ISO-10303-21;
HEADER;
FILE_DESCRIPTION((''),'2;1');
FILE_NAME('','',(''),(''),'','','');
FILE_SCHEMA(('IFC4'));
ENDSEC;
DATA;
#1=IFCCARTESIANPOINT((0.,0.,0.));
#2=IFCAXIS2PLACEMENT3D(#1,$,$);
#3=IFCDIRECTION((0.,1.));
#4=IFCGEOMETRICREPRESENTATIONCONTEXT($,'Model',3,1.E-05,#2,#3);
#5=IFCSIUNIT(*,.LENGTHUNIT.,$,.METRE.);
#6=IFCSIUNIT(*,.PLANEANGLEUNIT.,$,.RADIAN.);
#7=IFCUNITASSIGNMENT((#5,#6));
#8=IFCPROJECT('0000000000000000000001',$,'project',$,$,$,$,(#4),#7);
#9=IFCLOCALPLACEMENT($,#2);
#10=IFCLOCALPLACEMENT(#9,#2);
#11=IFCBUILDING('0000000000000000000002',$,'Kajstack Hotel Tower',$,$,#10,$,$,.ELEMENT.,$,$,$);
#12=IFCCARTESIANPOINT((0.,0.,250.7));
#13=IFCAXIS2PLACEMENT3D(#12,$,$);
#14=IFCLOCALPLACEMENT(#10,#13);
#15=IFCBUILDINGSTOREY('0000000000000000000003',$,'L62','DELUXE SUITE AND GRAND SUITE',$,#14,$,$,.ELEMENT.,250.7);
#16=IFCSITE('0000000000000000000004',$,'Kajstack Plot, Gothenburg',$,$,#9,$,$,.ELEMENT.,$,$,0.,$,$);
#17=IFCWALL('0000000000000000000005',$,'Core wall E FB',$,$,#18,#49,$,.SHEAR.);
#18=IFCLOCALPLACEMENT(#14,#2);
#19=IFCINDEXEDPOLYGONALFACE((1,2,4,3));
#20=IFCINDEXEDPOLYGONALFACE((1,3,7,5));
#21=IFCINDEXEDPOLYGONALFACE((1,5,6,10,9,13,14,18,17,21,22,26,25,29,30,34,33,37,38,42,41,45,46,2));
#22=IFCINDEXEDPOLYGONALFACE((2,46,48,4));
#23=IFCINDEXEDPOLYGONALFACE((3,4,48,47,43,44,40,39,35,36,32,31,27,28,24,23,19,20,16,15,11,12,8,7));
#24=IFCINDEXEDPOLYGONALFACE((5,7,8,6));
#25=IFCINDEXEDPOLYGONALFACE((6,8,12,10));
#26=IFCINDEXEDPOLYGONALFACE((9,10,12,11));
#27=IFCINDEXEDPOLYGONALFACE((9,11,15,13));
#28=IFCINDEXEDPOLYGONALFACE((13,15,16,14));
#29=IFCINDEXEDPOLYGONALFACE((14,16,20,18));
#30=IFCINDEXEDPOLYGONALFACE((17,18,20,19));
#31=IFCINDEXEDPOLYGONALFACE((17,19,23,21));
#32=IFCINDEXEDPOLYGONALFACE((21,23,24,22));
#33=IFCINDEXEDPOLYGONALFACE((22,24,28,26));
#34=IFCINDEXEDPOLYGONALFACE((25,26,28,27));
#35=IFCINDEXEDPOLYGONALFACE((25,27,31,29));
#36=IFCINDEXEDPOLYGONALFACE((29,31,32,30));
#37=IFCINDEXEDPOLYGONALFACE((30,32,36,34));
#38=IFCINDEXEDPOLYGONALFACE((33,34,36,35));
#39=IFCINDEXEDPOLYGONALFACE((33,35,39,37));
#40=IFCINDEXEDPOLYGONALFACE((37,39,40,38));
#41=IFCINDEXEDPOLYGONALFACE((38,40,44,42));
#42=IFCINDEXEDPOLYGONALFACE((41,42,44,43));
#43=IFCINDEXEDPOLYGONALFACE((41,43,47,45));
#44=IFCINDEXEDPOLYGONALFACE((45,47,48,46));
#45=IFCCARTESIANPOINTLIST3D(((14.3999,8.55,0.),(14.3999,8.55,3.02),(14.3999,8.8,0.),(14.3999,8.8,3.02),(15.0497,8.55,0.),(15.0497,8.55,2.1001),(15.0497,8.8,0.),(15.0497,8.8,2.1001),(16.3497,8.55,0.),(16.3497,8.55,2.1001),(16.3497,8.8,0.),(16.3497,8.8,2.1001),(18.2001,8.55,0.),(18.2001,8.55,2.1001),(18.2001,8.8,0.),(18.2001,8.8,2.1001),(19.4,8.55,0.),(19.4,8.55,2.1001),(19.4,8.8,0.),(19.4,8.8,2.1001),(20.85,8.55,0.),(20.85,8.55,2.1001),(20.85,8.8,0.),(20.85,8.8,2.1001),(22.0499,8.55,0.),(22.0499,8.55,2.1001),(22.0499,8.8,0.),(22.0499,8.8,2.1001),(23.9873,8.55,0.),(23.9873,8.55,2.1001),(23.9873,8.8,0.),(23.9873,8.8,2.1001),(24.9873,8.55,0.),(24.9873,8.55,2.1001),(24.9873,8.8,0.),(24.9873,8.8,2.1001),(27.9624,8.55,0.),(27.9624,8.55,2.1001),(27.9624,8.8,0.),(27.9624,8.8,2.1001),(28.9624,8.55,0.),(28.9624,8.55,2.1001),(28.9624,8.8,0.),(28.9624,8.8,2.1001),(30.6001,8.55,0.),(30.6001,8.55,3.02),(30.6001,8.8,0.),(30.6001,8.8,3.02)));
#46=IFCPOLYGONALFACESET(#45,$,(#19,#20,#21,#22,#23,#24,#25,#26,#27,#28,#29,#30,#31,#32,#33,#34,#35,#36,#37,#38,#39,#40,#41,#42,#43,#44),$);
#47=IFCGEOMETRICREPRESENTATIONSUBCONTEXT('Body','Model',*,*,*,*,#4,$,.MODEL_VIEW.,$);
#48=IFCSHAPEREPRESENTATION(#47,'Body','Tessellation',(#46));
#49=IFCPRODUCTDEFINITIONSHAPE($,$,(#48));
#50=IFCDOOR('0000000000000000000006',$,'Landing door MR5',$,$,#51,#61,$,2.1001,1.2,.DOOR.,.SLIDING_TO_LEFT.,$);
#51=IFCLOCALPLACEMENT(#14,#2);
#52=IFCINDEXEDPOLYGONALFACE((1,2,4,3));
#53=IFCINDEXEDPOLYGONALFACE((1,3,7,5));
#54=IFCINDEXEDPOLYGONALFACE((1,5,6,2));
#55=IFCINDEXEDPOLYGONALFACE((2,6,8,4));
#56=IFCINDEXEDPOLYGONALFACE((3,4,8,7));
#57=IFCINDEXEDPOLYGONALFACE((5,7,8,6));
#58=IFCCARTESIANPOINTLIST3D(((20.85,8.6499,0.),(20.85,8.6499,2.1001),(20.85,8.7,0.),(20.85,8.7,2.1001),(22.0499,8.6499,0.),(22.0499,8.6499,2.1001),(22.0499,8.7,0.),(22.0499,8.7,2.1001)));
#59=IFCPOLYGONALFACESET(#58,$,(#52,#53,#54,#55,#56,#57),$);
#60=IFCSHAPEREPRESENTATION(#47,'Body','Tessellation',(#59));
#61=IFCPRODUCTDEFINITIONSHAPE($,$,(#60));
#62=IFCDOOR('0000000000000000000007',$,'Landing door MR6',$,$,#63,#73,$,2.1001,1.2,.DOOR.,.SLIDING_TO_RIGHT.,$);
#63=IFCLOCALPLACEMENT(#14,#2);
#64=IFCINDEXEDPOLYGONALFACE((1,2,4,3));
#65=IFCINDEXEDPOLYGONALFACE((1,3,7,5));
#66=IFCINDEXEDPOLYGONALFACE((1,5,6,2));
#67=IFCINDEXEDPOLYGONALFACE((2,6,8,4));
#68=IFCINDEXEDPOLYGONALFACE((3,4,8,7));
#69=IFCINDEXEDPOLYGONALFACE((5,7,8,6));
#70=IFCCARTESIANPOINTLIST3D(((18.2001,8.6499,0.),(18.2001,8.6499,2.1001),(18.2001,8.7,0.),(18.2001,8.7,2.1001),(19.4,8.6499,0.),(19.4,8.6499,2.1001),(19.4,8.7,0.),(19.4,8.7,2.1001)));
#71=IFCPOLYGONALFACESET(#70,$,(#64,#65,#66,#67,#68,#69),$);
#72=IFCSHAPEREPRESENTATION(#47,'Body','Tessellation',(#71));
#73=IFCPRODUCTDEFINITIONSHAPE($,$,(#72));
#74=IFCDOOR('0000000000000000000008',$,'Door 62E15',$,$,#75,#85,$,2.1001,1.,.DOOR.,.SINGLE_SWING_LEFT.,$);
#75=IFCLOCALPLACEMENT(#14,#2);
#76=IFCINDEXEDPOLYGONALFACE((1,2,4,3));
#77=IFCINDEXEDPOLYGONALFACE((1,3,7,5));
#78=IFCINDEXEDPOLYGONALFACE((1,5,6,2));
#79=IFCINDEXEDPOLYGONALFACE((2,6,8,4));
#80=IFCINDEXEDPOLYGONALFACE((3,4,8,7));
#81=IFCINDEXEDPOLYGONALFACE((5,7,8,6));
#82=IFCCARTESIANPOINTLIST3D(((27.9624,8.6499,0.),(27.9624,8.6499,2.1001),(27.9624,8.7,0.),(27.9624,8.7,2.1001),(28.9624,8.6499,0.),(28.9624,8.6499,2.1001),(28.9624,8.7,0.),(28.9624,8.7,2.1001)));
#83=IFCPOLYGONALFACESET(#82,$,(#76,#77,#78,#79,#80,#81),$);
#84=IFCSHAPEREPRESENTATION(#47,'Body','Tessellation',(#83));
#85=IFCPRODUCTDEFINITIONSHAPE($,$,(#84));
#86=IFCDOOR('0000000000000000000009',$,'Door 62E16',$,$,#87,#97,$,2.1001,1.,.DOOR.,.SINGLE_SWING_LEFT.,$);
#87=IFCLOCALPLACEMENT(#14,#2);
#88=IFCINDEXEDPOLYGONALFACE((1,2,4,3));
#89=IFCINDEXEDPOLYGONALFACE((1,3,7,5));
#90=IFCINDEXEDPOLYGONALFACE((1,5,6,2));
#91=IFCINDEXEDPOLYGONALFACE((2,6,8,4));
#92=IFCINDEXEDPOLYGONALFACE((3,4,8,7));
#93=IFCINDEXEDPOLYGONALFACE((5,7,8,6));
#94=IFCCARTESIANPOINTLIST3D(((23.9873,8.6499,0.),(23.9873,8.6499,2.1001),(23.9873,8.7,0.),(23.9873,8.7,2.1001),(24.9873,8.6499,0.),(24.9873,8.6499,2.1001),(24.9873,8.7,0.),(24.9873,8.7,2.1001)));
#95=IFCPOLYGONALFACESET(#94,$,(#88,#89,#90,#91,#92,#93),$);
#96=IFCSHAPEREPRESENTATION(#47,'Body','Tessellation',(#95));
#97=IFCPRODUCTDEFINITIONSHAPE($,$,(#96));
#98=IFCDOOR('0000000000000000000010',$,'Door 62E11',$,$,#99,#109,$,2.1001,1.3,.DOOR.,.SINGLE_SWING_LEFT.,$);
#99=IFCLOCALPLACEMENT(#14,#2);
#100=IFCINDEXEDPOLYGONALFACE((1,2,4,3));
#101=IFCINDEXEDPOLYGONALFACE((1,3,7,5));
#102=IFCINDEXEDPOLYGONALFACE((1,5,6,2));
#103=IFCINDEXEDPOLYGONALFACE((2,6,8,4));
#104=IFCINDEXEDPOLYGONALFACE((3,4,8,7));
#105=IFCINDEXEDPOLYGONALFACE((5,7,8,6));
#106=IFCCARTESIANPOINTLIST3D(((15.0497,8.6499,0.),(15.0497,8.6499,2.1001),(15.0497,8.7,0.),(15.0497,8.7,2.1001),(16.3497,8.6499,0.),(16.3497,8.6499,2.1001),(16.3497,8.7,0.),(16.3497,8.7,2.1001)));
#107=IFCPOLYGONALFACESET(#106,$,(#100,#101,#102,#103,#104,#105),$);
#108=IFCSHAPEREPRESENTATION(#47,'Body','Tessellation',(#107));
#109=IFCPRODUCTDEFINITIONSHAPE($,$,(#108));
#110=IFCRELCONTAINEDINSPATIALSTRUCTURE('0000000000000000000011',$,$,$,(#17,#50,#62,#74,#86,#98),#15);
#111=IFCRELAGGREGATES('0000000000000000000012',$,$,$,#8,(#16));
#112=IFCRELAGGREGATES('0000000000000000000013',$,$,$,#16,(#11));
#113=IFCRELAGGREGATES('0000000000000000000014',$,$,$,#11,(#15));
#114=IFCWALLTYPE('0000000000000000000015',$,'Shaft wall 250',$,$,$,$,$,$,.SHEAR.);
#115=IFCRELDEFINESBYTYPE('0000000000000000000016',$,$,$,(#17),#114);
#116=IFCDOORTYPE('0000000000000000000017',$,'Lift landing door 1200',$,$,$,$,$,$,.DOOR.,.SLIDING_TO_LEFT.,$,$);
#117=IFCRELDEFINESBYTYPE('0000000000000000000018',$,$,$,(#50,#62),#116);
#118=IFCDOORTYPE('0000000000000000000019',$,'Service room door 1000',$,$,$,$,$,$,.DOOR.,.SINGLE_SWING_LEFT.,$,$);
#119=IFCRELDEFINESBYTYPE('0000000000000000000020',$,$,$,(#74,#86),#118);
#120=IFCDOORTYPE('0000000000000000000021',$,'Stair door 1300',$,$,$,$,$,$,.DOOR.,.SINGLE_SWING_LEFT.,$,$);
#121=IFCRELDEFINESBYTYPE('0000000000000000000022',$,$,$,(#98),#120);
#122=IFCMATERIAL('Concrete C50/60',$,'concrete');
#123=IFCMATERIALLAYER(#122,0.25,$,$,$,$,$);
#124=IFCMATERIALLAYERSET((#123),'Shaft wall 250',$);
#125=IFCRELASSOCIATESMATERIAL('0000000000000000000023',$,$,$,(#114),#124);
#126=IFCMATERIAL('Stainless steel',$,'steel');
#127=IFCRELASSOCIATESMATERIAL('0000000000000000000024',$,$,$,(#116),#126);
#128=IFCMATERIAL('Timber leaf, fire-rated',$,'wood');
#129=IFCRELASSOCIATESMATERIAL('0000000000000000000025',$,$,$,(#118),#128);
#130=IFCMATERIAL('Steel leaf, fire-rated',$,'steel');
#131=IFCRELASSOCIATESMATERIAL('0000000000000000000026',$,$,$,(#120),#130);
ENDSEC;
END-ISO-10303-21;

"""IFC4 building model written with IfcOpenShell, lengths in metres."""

from ifc_helpers import new_model, si_unit, direction, frame, frame_2d, origin, place, context, subcontext, project, spatial, rectangle, extrude, material, layer, layer_set, type_object, element, fill, save


model = new_model("IFC4")

# Units and contexts
model_context = context("Model", 3, precision=1e-05, world=origin(), true_north=direction((0.0, 1.0)))
body_context = subcontext(model_context, "Body", "Model", "MODEL_VIEW")
ifc_project = project(units=[si_unit("LENGTHUNIT", "METRE"), si_unit("PLANEANGLEUNIT", "RADIAN")], contexts=[model_context])

# Site, building, storey
site_placement = place(None, origin())
site = spatial("IfcSite", under=ifc_project, at=site_placement, Name="Kajstack Plot, Gothenburg", CompositionType="ELEMENT", RefElevation=0.0)
building_placement = place(site_placement, origin())
building = spatial("IfcBuilding", under=site, at=building_placement, Name="Kajstack Hotel Tower", CompositionType="ELEMENT")
storey_placement = place(building_placement, frame((0.0, 0.0, 250.7)))
storey = spatial("IfcBuildingStorey", under=building, at=storey_placement, Name="L62", Description="DELUXE SUITE AND GRAND SUITE", CompositionType="ELEMENT", Elevation=250.7)

# Wall, openings, doors
ifc_material_1 = material(Name="Concrete C50/60", Category="concrete")
ifc_layer_1 = layer(ifc_material_1, 0.25)
ifc_layer_set_1 = layer_set([ifc_layer_1], Name="Shaft wall 250")
wall_type_1 = type_object("IfcWallType", Name="Shaft wall 250", PredefinedType="SHEAR", material=ifc_layer_set_1)
wall_1_placement = place(storey_placement, frame((14.3999, 8.675, 0.0), z_axis=(0.0, 0.0, 1.0), x_axis=(1.0, 0.0, 0.0)))
wall_1 = element("IfcWall", 1, at=wall_1_placement, inside=storey, type_object=wall_type_1, Name="Core wall E FB", PredefinedType="SHEAR", context=body_context, shape_type="SweptSolid", body=[
    extrude(rectangle(XDim=16.2002, YDim=0.25, at=frame_2d((8.1001, 0.0))), origin(), (0.0, 0.0, 1.0), 3.02),
])
opening_1_placement = place(wall_1_placement, frame((6.45, 0.0, 0.0)))
opening_1 = element("IfcOpeningElement", 2, at=opening_1_placement, cuts=wall_1, PredefinedType="OPENING", context=body_context, shape_type="SweptSolid", body=[
    extrude(rectangle(XDim=1.2, YDim=2.1001, at=frame_2d((0.6001, 1.05))), frame((0.0, 0.135, 0.0), z_axis=(0.0, -1.0, 0.0), x_axis=(1.0, 0.0, 0.0)), (0.0, 0.0, 1.0), 0.27),
])
opening_2_placement = place(wall_1_placement, frame((3.8, 0.0, 0.0)))
opening_2 = element("IfcOpeningElement", 3, at=opening_2_placement, cuts=wall_1, PredefinedType="OPENING", context=body_context, shape_type="SweptSolid", body=[
    extrude(rectangle(XDim=1.2, YDim=2.1001, at=frame_2d((0.6001, 1.05))), frame((0.0, 0.135, 0.0), z_axis=(0.0, -1.0, 0.0), x_axis=(1.0, 0.0, 0.0)), (0.0, 0.0, 1.0), 0.27),
])
opening_3_placement = place(wall_1_placement, frame((0.6499, 0.0, 0.0)))
opening_3 = element("IfcOpeningElement", 4, at=opening_3_placement, cuts=wall_1, PredefinedType="OPENING", context=body_context, shape_type="SweptSolid", body=[
    extrude(rectangle(XDim=1.3, YDim=2.1001, at=frame_2d((0.6499, 1.05))), frame((0.0, 0.135, 0.0), z_axis=(0.0, -1.0, 0.0), x_axis=(1.0, 0.0, 0.0)), (0.0, 0.0, 1.0), 0.27),
])
opening_4_placement = place(wall_1_placement, frame((13.5625, 0.0, 0.0)))
opening_4 = element("IfcOpeningElement", 5, at=opening_4_placement, cuts=wall_1, PredefinedType="OPENING", context=body_context, shape_type="SweptSolid", body=[
    extrude(rectangle(XDim=1.0, YDim=2.1001, at=frame_2d((0.5, 1.05))), frame((0.0, 0.135, 0.0), z_axis=(0.0, -1.0, 0.0), x_axis=(1.0, 0.0, 0.0)), (0.0, 0.0, 1.0), 0.27),
])
opening_5_placement = place(wall_1_placement, frame((9.5874, 0.0, 0.0)))
opening_5 = element("IfcOpeningElement", 6, at=opening_5_placement, cuts=wall_1, PredefinedType="OPENING", context=body_context, shape_type="SweptSolid", body=[
    extrude(rectangle(XDim=1.0, YDim=2.1001, at=frame_2d((0.5, 1.05))), frame((0.0, 0.135, 0.0), z_axis=(0.0, -1.0, 0.0), x_axis=(1.0, 0.0, 0.0)), (0.0, 0.0, 1.0), 0.27),
])
ifc_material_2 = material(Name="Stainless steel", Category="steel")
door_type_1 = type_object("IfcDoorType", Name="Lift landing door 1200", OperationType="SLIDING_TO_LEFT", PredefinedType="DOOR", material=ifc_material_2)
door_1_placement = place(opening_1_placement, origin())
door_1 = element("IfcDoor", 7, at=door_1_placement, inside=storey, type_object=door_type_1, Name="Landing door MR5", OperationType="SLIDING_TO_LEFT", OverallHeight=2.1001, OverallWidth=1.2, PredefinedType="DOOR", context=body_context, shape_type="SweptSolid", body=[
    extrude(rectangle(XDim=1.2, YDim=2.1001, at=frame_2d((0.6001, 1.05))), frame((0.0, 0.0249, 0.0), z_axis=(0.0, -1.0, 0.0), x_axis=(1.0, 0.0, 0.0)), (0.0, 0.0, 1.0), 0.05),
])
fill(opening_1, door_1)
door_2_placement = place(opening_2_placement, origin())
door_2 = element("IfcDoor", 8, at=door_2_placement, inside=storey, type_object=door_type_1, Name="Landing door MR6", OperationType="SLIDING_TO_RIGHT", OverallHeight=2.1001, OverallWidth=1.2, PredefinedType="DOOR", context=body_context, shape_type="SweptSolid", body=[
    extrude(rectangle(XDim=1.2, YDim=2.1001, at=frame_2d((0.6001, 1.05))), frame((0.0, 0.0249, 0.0), z_axis=(0.0, -1.0, 0.0), x_axis=(1.0, 0.0, 0.0)), (0.0, 0.0, 1.0), 0.05),
])
fill(opening_2, door_2)
ifc_material_3 = material(Name="Timber leaf, fire-rated", Category="wood")
door_type_2 = type_object("IfcDoorType", Name="Service room door 1000", OperationType="SINGLE_SWING_LEFT", PredefinedType="DOOR", material=ifc_material_3)
door_3_placement = place(opening_4_placement, origin())
door_3 = element("IfcDoor", 9, at=door_3_placement, inside=storey, type_object=door_type_2, Name="Door 62E15", OperationType="SINGLE_SWING_LEFT", OverallHeight=2.1001, OverallWidth=1.0, PredefinedType="DOOR", context=body_context, shape_type="SweptSolid", body=[
    extrude(rectangle(XDim=1.0, YDim=2.1001, at=frame_2d((0.5, 1.05))), frame((0.0, 0.0249, 0.0), z_axis=(0.0, -1.0, 0.0), x_axis=(1.0, 0.0, 0.0)), (0.0, 0.0, 1.0), 0.05),
])
fill(opening_4, door_3)
door_4_placement = place(opening_5_placement, origin())
door_4 = element("IfcDoor", 10, at=door_4_placement, inside=storey, type_object=door_type_2, Name="Door 62E16", OperationType="SINGLE_SWING_LEFT", OverallHeight=2.1001, OverallWidth=1.0, PredefinedType="DOOR", context=body_context, shape_type="SweptSolid", body=[
    extrude(rectangle(XDim=1.0, YDim=2.1001, at=frame_2d((0.5, 1.05))), frame((0.0, 0.0249, 0.0), z_axis=(0.0, -1.0, 0.0), x_axis=(1.0, 0.0, 0.0)), (0.0, 0.0, 1.0), 0.05),
])
fill(opening_5, door_4)
ifc_material_4 = material(Name="Steel leaf, fire-rated", Category="steel")
door_type_3 = type_object("IfcDoorType", Name="Stair door 1300", OperationType="SINGLE_SWING_LEFT", PredefinedType="DOOR", material=ifc_material_4)
door_5_placement = place(opening_3_placement, origin())
door_5 = element("IfcDoor", 11, at=door_5_placement, inside=storey, type_object=door_type_3, Name="Door 62E11", OperationType="SINGLE_SWING_LEFT", OverallHeight=2.1001, OverallWidth=1.3, PredefinedType="DOOR", context=body_context, shape_type="SweptSolid", body=[
    extrude(rectangle(XDim=1.3, YDim=2.1001, at=frame_2d((0.6499, 1.05))), frame((0.0, 0.0249, 0.0), z_axis=(0.0, -1.0, 0.0), x_axis=(1.0, 0.0, 0.0)), (0.0, 0.0, 1.0), 0.05),
])
fill(opening_3, door_5)

save(model, "model.ifc")
